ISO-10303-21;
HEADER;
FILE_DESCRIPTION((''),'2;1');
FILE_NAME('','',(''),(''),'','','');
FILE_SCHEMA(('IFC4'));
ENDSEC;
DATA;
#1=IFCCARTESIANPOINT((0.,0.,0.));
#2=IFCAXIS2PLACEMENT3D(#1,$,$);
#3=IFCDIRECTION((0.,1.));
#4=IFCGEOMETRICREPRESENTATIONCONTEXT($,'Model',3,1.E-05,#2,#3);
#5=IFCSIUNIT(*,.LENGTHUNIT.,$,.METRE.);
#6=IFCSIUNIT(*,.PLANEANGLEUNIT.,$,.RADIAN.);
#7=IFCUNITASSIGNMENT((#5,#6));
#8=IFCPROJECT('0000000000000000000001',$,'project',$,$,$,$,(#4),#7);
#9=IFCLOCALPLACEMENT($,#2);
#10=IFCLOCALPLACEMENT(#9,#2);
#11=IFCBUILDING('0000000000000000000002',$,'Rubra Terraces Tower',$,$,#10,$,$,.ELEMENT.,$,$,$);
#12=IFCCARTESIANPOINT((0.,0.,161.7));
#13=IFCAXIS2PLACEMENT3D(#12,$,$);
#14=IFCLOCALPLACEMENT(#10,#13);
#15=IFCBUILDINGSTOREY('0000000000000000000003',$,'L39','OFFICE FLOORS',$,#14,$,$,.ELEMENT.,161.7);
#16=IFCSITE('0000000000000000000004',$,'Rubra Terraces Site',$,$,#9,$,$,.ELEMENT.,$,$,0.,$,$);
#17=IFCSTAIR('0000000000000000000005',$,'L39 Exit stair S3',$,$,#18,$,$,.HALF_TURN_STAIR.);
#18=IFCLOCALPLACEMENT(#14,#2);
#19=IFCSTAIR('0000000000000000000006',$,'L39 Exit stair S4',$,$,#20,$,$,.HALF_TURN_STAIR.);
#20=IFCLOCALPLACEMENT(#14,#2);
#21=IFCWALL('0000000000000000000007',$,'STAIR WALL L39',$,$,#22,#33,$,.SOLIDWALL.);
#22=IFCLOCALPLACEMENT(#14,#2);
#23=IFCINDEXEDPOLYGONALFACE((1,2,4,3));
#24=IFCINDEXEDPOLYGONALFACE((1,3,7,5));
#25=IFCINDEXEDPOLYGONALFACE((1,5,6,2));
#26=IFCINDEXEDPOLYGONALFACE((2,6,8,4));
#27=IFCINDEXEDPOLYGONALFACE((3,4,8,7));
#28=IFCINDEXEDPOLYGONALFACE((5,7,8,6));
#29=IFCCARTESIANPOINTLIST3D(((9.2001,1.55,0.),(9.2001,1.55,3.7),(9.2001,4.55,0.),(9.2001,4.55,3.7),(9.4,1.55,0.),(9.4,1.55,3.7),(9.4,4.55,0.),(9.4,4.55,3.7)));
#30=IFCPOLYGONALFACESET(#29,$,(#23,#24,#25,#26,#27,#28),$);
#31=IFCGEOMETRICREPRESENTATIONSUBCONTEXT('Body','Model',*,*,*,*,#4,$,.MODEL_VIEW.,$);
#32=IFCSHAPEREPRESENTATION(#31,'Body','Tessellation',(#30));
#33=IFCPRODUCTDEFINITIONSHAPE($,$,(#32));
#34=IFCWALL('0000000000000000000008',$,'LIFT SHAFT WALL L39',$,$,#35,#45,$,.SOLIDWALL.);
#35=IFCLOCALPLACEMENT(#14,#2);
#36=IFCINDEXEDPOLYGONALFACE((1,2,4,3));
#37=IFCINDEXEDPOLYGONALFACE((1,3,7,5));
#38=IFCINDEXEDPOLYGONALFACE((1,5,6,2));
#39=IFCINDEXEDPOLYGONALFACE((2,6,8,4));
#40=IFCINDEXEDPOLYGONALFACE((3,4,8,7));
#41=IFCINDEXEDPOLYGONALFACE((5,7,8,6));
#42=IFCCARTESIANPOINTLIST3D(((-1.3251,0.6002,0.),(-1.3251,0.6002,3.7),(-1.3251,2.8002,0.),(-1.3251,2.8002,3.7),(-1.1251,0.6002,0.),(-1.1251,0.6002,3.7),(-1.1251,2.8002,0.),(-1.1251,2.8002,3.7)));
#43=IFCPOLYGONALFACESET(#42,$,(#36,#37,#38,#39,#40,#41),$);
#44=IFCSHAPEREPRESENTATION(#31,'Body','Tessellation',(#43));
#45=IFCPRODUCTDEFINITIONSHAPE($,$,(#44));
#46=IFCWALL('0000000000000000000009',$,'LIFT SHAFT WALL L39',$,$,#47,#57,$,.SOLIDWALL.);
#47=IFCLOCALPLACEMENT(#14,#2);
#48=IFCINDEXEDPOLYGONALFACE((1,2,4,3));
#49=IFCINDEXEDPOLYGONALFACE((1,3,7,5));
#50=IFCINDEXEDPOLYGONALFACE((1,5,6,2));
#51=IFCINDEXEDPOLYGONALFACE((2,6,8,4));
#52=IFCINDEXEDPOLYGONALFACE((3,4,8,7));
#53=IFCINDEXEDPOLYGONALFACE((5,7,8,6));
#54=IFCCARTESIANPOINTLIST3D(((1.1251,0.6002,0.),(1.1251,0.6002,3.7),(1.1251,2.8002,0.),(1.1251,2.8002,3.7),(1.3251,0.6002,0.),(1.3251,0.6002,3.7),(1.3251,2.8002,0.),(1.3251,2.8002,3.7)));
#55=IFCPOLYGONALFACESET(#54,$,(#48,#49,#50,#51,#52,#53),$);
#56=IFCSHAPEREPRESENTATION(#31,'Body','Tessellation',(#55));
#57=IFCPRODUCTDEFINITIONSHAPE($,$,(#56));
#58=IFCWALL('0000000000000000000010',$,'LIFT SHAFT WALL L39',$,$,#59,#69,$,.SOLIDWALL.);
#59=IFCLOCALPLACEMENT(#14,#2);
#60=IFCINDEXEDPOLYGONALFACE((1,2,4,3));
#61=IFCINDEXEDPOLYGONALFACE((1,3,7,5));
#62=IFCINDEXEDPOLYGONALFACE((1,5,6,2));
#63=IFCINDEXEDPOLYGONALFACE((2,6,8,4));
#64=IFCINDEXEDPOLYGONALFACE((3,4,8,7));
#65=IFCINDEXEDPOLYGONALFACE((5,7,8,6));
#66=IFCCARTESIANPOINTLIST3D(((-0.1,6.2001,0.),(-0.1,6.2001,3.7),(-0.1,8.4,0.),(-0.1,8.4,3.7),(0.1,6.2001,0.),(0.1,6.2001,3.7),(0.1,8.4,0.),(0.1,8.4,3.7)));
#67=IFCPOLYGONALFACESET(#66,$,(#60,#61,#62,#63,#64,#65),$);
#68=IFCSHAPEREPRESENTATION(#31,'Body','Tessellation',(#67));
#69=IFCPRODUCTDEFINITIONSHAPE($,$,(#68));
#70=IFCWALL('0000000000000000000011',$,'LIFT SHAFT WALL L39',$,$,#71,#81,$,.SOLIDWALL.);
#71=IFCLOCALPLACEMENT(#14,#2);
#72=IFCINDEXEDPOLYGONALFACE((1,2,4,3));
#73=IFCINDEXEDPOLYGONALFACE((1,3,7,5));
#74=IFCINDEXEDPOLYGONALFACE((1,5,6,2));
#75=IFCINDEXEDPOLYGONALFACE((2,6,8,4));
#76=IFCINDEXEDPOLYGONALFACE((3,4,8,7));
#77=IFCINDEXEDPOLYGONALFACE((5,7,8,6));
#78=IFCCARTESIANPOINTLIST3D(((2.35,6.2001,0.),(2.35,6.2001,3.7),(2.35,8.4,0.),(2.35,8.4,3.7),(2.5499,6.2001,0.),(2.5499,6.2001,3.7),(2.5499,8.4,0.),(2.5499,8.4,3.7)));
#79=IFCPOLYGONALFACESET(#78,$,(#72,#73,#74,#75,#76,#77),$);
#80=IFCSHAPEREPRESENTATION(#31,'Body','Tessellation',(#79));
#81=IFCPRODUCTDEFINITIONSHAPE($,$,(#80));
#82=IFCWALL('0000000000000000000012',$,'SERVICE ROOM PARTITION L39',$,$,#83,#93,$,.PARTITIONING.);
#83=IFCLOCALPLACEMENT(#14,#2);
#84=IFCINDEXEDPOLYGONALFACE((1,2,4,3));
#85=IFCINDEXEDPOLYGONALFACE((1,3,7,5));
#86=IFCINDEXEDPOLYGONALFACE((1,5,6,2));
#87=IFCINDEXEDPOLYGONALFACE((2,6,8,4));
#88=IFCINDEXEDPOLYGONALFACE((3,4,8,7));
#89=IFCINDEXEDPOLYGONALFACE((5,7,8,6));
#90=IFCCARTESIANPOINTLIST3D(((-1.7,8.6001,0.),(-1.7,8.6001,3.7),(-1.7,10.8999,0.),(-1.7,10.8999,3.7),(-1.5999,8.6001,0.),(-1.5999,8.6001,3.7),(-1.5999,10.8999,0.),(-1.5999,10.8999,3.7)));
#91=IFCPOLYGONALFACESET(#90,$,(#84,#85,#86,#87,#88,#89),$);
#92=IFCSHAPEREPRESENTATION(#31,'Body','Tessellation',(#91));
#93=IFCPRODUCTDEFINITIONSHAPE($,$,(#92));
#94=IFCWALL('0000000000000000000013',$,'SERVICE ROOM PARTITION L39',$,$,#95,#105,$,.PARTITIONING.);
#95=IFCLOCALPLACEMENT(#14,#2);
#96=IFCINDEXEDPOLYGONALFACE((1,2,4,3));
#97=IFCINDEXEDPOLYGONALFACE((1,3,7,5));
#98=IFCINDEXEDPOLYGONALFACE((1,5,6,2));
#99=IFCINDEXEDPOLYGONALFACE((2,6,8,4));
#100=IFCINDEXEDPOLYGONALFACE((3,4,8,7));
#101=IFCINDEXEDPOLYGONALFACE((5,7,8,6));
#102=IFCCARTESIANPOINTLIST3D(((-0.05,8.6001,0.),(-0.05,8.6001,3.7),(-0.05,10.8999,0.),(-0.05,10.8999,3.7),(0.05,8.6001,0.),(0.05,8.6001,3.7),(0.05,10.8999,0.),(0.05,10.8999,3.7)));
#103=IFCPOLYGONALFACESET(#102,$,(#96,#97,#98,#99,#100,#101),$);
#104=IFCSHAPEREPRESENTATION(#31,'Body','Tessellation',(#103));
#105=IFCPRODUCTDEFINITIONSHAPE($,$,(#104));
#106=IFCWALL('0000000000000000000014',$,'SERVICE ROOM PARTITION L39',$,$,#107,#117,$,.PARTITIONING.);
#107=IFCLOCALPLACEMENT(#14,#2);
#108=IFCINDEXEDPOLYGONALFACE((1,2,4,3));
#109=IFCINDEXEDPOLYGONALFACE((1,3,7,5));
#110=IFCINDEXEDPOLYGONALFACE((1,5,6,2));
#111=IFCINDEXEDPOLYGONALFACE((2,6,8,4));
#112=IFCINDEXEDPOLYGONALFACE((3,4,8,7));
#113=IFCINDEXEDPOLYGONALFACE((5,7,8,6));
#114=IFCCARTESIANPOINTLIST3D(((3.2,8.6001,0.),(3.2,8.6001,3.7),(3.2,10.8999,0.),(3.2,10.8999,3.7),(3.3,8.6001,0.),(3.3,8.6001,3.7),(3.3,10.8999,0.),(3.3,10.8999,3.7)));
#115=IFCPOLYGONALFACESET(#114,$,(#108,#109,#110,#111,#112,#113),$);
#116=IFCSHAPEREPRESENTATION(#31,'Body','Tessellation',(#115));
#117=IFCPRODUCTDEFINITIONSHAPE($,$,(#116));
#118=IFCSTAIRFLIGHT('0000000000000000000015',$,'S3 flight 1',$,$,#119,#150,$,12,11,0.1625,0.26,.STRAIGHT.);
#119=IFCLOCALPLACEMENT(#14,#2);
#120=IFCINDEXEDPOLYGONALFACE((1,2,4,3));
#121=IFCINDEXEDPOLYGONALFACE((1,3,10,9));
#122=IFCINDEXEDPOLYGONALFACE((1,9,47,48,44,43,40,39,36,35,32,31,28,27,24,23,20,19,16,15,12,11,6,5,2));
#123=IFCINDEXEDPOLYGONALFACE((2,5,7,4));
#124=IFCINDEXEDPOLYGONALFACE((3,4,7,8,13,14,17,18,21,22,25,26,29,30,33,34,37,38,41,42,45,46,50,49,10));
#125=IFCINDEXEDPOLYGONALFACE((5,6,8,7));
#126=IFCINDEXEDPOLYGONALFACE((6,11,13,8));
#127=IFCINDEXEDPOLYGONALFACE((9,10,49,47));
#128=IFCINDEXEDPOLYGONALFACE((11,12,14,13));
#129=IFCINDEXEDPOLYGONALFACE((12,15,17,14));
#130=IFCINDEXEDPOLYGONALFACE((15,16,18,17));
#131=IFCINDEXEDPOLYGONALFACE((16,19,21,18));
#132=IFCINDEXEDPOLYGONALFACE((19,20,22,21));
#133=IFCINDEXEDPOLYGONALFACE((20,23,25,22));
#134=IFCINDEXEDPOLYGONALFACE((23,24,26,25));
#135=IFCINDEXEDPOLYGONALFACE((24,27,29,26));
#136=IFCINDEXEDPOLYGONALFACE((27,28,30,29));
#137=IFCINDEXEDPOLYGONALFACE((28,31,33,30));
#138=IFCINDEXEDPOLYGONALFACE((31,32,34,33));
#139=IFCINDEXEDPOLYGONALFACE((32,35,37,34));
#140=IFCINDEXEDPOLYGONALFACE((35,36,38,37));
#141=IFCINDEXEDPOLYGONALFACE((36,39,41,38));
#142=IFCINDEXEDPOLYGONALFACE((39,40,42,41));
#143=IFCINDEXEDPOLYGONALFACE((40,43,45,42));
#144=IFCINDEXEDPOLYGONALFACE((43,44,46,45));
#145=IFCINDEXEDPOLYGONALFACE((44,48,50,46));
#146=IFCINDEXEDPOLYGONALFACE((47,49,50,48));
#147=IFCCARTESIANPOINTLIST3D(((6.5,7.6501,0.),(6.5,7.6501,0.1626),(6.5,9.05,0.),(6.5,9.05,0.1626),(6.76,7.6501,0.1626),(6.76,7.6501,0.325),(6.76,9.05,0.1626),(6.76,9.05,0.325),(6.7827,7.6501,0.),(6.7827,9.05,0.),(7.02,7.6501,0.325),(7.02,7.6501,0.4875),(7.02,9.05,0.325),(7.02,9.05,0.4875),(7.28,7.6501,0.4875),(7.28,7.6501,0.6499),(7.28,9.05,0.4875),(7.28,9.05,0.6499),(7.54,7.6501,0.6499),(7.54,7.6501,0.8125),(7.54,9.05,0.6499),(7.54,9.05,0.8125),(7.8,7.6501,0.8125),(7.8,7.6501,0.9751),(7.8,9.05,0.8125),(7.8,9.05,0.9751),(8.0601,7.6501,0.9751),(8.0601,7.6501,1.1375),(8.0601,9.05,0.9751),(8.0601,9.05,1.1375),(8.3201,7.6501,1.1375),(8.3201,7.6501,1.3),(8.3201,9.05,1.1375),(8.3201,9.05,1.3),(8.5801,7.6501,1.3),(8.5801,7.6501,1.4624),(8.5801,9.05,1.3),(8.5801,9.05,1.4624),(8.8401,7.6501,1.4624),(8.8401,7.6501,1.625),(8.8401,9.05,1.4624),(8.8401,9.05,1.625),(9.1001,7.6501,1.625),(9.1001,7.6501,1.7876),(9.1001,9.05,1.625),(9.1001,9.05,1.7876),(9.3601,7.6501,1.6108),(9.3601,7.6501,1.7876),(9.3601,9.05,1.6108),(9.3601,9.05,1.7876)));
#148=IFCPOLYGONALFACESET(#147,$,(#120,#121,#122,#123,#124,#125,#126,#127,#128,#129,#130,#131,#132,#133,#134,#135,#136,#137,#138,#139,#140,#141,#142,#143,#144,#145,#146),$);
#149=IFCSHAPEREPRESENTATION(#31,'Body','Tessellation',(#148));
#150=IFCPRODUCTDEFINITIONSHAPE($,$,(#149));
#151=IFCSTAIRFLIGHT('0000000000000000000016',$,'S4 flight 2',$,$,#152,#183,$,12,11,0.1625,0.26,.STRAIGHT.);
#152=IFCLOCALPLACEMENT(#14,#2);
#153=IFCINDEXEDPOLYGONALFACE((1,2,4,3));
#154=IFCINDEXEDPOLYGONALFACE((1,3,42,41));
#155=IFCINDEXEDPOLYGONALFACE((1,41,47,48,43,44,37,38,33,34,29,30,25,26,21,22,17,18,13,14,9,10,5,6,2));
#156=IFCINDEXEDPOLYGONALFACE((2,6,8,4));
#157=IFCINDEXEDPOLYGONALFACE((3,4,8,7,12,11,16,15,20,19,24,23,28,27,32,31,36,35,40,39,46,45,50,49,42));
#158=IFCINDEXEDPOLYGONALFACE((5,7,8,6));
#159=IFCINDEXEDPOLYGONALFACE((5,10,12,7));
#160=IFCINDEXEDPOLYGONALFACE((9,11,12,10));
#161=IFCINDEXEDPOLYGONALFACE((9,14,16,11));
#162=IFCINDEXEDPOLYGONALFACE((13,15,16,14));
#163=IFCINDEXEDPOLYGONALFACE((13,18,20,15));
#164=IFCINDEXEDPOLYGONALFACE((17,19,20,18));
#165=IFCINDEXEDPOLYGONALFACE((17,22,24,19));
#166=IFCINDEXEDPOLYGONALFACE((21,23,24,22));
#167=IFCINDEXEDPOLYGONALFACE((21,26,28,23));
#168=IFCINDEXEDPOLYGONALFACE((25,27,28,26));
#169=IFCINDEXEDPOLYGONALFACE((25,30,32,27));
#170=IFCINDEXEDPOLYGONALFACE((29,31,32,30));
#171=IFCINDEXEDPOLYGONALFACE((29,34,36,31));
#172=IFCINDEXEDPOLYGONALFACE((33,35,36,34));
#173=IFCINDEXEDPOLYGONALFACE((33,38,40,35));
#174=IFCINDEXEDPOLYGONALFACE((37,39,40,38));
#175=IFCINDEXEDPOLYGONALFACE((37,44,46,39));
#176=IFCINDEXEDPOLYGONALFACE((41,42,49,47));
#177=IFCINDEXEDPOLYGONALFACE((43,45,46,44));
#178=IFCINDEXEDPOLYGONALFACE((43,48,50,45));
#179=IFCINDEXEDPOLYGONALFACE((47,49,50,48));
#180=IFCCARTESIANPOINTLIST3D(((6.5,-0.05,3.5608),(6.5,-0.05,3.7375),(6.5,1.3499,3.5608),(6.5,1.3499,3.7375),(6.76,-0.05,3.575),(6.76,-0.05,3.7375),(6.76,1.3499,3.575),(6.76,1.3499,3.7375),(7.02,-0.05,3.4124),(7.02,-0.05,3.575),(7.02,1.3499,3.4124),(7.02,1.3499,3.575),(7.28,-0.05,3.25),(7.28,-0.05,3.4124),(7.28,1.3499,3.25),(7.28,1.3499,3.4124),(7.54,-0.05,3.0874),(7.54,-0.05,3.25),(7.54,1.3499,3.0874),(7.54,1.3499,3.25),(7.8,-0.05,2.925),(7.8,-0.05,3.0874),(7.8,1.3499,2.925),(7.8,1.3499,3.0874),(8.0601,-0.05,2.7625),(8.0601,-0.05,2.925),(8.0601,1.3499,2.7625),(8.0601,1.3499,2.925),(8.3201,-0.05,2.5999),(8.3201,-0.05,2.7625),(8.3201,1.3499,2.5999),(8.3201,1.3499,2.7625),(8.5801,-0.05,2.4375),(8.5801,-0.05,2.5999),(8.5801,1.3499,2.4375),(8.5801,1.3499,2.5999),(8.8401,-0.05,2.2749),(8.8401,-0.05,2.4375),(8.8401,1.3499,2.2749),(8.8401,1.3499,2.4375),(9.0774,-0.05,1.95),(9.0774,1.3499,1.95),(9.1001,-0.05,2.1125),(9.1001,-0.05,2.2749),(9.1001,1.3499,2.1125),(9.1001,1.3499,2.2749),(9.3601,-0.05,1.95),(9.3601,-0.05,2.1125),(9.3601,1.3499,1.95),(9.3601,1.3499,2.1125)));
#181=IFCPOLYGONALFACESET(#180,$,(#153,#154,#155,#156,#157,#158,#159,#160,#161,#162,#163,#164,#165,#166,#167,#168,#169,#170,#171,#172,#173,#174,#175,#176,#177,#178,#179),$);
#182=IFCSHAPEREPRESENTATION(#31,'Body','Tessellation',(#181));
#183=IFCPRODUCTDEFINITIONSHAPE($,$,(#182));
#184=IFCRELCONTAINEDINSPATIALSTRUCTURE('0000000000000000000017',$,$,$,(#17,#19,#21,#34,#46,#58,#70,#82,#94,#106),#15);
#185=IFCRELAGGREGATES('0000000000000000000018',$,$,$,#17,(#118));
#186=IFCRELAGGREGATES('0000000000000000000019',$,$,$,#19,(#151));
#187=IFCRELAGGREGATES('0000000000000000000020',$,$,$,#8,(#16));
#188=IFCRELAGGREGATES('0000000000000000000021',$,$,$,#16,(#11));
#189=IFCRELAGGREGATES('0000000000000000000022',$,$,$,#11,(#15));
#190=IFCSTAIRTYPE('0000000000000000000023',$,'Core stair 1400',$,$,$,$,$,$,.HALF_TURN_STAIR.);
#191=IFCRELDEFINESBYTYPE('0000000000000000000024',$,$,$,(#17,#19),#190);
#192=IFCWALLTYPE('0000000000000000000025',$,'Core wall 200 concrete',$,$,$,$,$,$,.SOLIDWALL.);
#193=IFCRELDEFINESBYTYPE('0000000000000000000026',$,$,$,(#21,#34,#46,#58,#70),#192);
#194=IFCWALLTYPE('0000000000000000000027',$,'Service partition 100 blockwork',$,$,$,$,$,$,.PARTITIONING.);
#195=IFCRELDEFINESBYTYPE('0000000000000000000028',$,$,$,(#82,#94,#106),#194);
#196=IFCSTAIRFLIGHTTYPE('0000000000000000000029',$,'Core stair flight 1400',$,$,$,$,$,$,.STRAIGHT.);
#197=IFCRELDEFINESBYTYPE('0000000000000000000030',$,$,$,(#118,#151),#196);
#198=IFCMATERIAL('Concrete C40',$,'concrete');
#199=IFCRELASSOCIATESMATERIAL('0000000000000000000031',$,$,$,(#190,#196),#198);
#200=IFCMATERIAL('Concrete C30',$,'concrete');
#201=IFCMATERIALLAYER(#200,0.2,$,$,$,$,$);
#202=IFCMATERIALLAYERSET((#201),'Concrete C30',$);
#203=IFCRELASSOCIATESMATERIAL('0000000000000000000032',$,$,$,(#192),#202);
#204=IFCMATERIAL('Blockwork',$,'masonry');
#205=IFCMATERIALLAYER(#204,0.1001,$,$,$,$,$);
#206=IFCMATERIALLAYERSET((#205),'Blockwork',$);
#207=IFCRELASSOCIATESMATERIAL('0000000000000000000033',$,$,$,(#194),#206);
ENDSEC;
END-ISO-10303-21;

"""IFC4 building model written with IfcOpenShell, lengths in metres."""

from ifc_helpers import new_model, si_unit, direction, frame, frame_2d, origin, place, context, subcontext, project, spatial, polyline, rectangle, outline, extrude, material, layer, layer_set, type_object, element, aggregate, save


model = new_model("IFC4")

# Units and contexts
model_context = context("Model", 3, precision=1e-05, world=origin(), true_north=direction((0.0, 1.0)))
body_context = subcontext(model_context, "Body", "Model", "MODEL_VIEW")
ifc_project = project(units=[si_unit("LENGTHUNIT", "METRE"), si_unit("PLANEANGLEUNIT", "RADIAN")], contexts=[model_context])

# Site, building, storey
site_placement = place(None, origin())
site = spatial("IfcSite", under=ifc_project, at=site_placement, Name="Rubra Terraces Site", CompositionType="ELEMENT", RefElevation=0.0)
building_placement = place(site_placement, origin())
building = spatial("IfcBuilding", under=site, at=building_placement, Name="Rubra Terraces Tower", CompositionType="ELEMENT")
storey_placement = place(building_placement, frame((0.0, 0.0, 161.7)))
storey = spatial("IfcBuildingStorey", under=building, at=storey_placement, Name="L39", Description="OFFICE FLOORS", CompositionType="ELEMENT", Elevation=161.7)

# Shared definitions
ifc_material_1 = material(Name="Concrete C40", Category="concrete")

# Stairs
stair_type = type_object("IfcStairType", Name="Core stair 1400", PredefinedType="HALF_TURN_STAIR", material=ifc_material_1)
stair_1_placement = place(storey_placement, origin())
stair_1 = element("IfcStair", 1, at=stair_1_placement, inside=storey, type_object=stair_type, Name="L39 Exit stair S3", PredefinedType="HALF_TURN_STAIR")
stair_2_placement = place(storey_placement, origin())
stair_2 = element("IfcStair", 2, at=stair_2_placement, inside=storey, type_object=stair_type, Name="L39 Exit stair S4", PredefinedType="HALF_TURN_STAIR")

# Walls
ifc_material_2 = material(Name="Concrete C30", Category="concrete")
ifc_layer_1 = layer(ifc_material_2, 0.2)
ifc_layer_set_1 = layer_set([ifc_layer_1], Name="Concrete C30")
wall_type_1 = type_object("IfcWallType", Name="Core wall 200 concrete", PredefinedType="SOLIDWALL", material=ifc_layer_set_1)
wall_1_placement = place(storey_placement, frame((9.3, 4.55, 0.0), z_axis=(0.0, 0.0, 1.0), x_axis=(0.0, -1.0, 0.0)))
element("IfcWall", 3, at=wall_1_placement, inside=storey, type_object=wall_type_1, Name="STAIR WALL L39", PredefinedType="SOLIDWALL", context=body_context, shape_type="SweptSolid", body=[
    extrude(rectangle(XDim=3.0, YDim=0.2, at=frame_2d((1.5, 0.0))), origin(), (0.0, 0.0, 1.0), 3.7),
])
for number, where, z_axis, x_axis, name in (
    (4, (-1.2251, 0.6001, 0.0), (0.0, 0.0, 1.0), (0.0, 1.0, 0.0), "LIFT SHAFT WALL L39"),
    (5, (1.2251, 0.6001, 0.0), (0.0, 0.0, 1.0), (0.0, 1.0, 0.0), "LIFT SHAFT WALL L39"),
    (6, (0.0, 6.2, 0.0), (0.0, 0.0, 1.0), (0.0, 1.0, 0.0), "LIFT SHAFT WALL L39"),
    (7, (2.45, 6.2, 0.0), (0.0, 0.0, 1.0), (0.0, 1.0, 0.0), "LIFT SHAFT WALL L39"),
):
    element("IfcWall", number, at=place(storey_placement, frame(where, z_axis=z_axis, x_axis=x_axis)), inside=storey, type_object=wall_type_1, Name=name, PredefinedType="SOLIDWALL", context=body_context, shape_type="SweptSolid", body=[
        extrude(rectangle(XDim=2.2, YDim=0.2, at=frame_2d((1.1001, 0.0))), origin(), (0.0, 0.0, 1.0), 3.7),
    ])
ifc_material_3 = material(Name="Blockwork", Category="masonry")
ifc_layer_2 = layer(ifc_material_3, 0.1001)
ifc_layer_set_2 = layer_set([ifc_layer_2], Name="Blockwork")
wall_type_2 = type_object("IfcWallType", Name="Service partition 100 blockwork", PredefinedType="PARTITIONING", material=ifc_layer_set_2)
for number, where, z_axis, x_axis, name in (
    (8, (-1.6499, 8.6001, 0.0), (0.0, 0.0, 1.0), (0.0, 1.0, 0.0), "SERVICE ROOM PARTITION L39"),
    (9, (0.0, 8.6001, 0.0), (0.0, 0.0, 1.0), (0.0, 1.0, 0.0), "SERVICE ROOM PARTITION L39"),
    (10, (3.25, 8.6001, 0.0), (0.0, 0.0, 1.0), (0.0, 1.0, 0.0), "SERVICE ROOM PARTITION L39"),
):
    element("IfcWall", number, at=place(storey_placement, frame(where, z_axis=z_axis, x_axis=x_axis)), inside=storey, type_object=wall_type_2, Name=name, PredefinedType="PARTITIONING", context=body_context, shape_type="SweptSolid", body=[
        extrude(rectangle(XDim=2.2998, YDim=0.1001, at=frame_2d((1.1499, 0.0))), origin(), (0.0, 0.0, 1.0), 3.7),
    ])

# Stair flights
stair_flight_type = type_object("IfcStairFlightType", Name="Core stair flight 1400", PredefinedType="STRAIGHT", material=ifc_material_1)
stair_flight_1_placement = place(storey_placement, frame((6.5, 8.3501, 0.0), z_axis=(0.0, 0.0, 1.0), x_axis=(1.0, 0.0, 0.0)))
stair_flight_1 = element("IfcStairFlight", 11, at=stair_flight_1_placement, type_object=stair_flight_type, Name="S3 flight 1", NumberOfRisers=12, NumberOfTreads=11, PredefinedType="STRAIGHT", RiserHeight=0.1625, TreadLength=0.26, context=body_context, shape_type="SweptSolid", body=[
    extrude(outline(polyline([(0.0, 0.0), (0.0, 0.1626), (0.26, 0.1626), (0.26, 0.325), (0.52, 0.325), (0.52, 0.4875), (0.78, 0.4875), (0.78, 0.6499), (1.04, 0.6499), (1.04, 0.8125), (1.3, 0.8125), (1.3, 0.9751), (1.5601, 0.9751), (1.5601, 1.1375), (1.8201, 1.1375), (1.8201, 1.3), (2.0801, 1.3), (2.0801, 1.4624), (2.3401, 1.4624), (2.3401, 1.625), (2.6001, 1.625), (2.6001, 1.7876), (2.8601, 1.7876), (2.8601, 1.95), (2.8601, 1.6108), (0.2827, 0.0), (0.0, 0.0)])), frame((0.0, 0.7, 0.0), z_axis=(0.0, -1.0, 0.0), x_axis=(1.0, 0.0, 0.0)), (0.0, 0.0, 1.0), 1.3999),
])
aggregate(stair_1, [stair_flight_1])
stair_flight_2_placement = place(storey_placement, frame((9.3601, 0.6499, 1.95), z_axis=(0.0, 0.0, 1.0), x_axis=(-1.0, 0.0, 0.0)))
stair_flight_2 = element("IfcStairFlight", 12, at=stair_flight_2_placement, type_object=stair_flight_type, Name="S4 flight 2", NumberOfRisers=12, NumberOfTreads=11, PredefinedType="STRAIGHT", RiserHeight=0.1625, TreadLength=0.26, context=body_context, shape_type="SweptSolid", body=[
    extrude(outline(polyline([(0.0, 0.0), (0.0, 0.1626), (0.26, 0.1626), (0.26, 0.325), (0.52, 0.325), (0.52, 0.4875), (0.78, 0.4875), (0.78, 0.6499), (1.04, 0.6499), (1.04, 0.8125), (1.3, 0.8125), (1.3, 0.9751), (1.5601, 0.9751), (1.5601, 1.1375), (1.8201, 1.1375), (1.8201, 1.3), (2.0801, 1.3), (2.0801, 1.4624), (2.3401, 1.4624), (2.3401, 1.625), (2.6001, 1.625), (2.6001, 1.7876), (2.8601, 1.7876), (2.8601, 1.95), (2.8601, 1.6108), (0.2827, 0.0), (0.0, 0.0)])), frame((0.0, 0.7, 0.0), z_axis=(0.0, -1.0, 0.0), x_axis=(1.0, 0.0, 0.0)), (0.0, 0.0, 1.0), 1.3999),
])
aggregate(stair_2, [stair_flight_2])

save(model, "model.ifc")
